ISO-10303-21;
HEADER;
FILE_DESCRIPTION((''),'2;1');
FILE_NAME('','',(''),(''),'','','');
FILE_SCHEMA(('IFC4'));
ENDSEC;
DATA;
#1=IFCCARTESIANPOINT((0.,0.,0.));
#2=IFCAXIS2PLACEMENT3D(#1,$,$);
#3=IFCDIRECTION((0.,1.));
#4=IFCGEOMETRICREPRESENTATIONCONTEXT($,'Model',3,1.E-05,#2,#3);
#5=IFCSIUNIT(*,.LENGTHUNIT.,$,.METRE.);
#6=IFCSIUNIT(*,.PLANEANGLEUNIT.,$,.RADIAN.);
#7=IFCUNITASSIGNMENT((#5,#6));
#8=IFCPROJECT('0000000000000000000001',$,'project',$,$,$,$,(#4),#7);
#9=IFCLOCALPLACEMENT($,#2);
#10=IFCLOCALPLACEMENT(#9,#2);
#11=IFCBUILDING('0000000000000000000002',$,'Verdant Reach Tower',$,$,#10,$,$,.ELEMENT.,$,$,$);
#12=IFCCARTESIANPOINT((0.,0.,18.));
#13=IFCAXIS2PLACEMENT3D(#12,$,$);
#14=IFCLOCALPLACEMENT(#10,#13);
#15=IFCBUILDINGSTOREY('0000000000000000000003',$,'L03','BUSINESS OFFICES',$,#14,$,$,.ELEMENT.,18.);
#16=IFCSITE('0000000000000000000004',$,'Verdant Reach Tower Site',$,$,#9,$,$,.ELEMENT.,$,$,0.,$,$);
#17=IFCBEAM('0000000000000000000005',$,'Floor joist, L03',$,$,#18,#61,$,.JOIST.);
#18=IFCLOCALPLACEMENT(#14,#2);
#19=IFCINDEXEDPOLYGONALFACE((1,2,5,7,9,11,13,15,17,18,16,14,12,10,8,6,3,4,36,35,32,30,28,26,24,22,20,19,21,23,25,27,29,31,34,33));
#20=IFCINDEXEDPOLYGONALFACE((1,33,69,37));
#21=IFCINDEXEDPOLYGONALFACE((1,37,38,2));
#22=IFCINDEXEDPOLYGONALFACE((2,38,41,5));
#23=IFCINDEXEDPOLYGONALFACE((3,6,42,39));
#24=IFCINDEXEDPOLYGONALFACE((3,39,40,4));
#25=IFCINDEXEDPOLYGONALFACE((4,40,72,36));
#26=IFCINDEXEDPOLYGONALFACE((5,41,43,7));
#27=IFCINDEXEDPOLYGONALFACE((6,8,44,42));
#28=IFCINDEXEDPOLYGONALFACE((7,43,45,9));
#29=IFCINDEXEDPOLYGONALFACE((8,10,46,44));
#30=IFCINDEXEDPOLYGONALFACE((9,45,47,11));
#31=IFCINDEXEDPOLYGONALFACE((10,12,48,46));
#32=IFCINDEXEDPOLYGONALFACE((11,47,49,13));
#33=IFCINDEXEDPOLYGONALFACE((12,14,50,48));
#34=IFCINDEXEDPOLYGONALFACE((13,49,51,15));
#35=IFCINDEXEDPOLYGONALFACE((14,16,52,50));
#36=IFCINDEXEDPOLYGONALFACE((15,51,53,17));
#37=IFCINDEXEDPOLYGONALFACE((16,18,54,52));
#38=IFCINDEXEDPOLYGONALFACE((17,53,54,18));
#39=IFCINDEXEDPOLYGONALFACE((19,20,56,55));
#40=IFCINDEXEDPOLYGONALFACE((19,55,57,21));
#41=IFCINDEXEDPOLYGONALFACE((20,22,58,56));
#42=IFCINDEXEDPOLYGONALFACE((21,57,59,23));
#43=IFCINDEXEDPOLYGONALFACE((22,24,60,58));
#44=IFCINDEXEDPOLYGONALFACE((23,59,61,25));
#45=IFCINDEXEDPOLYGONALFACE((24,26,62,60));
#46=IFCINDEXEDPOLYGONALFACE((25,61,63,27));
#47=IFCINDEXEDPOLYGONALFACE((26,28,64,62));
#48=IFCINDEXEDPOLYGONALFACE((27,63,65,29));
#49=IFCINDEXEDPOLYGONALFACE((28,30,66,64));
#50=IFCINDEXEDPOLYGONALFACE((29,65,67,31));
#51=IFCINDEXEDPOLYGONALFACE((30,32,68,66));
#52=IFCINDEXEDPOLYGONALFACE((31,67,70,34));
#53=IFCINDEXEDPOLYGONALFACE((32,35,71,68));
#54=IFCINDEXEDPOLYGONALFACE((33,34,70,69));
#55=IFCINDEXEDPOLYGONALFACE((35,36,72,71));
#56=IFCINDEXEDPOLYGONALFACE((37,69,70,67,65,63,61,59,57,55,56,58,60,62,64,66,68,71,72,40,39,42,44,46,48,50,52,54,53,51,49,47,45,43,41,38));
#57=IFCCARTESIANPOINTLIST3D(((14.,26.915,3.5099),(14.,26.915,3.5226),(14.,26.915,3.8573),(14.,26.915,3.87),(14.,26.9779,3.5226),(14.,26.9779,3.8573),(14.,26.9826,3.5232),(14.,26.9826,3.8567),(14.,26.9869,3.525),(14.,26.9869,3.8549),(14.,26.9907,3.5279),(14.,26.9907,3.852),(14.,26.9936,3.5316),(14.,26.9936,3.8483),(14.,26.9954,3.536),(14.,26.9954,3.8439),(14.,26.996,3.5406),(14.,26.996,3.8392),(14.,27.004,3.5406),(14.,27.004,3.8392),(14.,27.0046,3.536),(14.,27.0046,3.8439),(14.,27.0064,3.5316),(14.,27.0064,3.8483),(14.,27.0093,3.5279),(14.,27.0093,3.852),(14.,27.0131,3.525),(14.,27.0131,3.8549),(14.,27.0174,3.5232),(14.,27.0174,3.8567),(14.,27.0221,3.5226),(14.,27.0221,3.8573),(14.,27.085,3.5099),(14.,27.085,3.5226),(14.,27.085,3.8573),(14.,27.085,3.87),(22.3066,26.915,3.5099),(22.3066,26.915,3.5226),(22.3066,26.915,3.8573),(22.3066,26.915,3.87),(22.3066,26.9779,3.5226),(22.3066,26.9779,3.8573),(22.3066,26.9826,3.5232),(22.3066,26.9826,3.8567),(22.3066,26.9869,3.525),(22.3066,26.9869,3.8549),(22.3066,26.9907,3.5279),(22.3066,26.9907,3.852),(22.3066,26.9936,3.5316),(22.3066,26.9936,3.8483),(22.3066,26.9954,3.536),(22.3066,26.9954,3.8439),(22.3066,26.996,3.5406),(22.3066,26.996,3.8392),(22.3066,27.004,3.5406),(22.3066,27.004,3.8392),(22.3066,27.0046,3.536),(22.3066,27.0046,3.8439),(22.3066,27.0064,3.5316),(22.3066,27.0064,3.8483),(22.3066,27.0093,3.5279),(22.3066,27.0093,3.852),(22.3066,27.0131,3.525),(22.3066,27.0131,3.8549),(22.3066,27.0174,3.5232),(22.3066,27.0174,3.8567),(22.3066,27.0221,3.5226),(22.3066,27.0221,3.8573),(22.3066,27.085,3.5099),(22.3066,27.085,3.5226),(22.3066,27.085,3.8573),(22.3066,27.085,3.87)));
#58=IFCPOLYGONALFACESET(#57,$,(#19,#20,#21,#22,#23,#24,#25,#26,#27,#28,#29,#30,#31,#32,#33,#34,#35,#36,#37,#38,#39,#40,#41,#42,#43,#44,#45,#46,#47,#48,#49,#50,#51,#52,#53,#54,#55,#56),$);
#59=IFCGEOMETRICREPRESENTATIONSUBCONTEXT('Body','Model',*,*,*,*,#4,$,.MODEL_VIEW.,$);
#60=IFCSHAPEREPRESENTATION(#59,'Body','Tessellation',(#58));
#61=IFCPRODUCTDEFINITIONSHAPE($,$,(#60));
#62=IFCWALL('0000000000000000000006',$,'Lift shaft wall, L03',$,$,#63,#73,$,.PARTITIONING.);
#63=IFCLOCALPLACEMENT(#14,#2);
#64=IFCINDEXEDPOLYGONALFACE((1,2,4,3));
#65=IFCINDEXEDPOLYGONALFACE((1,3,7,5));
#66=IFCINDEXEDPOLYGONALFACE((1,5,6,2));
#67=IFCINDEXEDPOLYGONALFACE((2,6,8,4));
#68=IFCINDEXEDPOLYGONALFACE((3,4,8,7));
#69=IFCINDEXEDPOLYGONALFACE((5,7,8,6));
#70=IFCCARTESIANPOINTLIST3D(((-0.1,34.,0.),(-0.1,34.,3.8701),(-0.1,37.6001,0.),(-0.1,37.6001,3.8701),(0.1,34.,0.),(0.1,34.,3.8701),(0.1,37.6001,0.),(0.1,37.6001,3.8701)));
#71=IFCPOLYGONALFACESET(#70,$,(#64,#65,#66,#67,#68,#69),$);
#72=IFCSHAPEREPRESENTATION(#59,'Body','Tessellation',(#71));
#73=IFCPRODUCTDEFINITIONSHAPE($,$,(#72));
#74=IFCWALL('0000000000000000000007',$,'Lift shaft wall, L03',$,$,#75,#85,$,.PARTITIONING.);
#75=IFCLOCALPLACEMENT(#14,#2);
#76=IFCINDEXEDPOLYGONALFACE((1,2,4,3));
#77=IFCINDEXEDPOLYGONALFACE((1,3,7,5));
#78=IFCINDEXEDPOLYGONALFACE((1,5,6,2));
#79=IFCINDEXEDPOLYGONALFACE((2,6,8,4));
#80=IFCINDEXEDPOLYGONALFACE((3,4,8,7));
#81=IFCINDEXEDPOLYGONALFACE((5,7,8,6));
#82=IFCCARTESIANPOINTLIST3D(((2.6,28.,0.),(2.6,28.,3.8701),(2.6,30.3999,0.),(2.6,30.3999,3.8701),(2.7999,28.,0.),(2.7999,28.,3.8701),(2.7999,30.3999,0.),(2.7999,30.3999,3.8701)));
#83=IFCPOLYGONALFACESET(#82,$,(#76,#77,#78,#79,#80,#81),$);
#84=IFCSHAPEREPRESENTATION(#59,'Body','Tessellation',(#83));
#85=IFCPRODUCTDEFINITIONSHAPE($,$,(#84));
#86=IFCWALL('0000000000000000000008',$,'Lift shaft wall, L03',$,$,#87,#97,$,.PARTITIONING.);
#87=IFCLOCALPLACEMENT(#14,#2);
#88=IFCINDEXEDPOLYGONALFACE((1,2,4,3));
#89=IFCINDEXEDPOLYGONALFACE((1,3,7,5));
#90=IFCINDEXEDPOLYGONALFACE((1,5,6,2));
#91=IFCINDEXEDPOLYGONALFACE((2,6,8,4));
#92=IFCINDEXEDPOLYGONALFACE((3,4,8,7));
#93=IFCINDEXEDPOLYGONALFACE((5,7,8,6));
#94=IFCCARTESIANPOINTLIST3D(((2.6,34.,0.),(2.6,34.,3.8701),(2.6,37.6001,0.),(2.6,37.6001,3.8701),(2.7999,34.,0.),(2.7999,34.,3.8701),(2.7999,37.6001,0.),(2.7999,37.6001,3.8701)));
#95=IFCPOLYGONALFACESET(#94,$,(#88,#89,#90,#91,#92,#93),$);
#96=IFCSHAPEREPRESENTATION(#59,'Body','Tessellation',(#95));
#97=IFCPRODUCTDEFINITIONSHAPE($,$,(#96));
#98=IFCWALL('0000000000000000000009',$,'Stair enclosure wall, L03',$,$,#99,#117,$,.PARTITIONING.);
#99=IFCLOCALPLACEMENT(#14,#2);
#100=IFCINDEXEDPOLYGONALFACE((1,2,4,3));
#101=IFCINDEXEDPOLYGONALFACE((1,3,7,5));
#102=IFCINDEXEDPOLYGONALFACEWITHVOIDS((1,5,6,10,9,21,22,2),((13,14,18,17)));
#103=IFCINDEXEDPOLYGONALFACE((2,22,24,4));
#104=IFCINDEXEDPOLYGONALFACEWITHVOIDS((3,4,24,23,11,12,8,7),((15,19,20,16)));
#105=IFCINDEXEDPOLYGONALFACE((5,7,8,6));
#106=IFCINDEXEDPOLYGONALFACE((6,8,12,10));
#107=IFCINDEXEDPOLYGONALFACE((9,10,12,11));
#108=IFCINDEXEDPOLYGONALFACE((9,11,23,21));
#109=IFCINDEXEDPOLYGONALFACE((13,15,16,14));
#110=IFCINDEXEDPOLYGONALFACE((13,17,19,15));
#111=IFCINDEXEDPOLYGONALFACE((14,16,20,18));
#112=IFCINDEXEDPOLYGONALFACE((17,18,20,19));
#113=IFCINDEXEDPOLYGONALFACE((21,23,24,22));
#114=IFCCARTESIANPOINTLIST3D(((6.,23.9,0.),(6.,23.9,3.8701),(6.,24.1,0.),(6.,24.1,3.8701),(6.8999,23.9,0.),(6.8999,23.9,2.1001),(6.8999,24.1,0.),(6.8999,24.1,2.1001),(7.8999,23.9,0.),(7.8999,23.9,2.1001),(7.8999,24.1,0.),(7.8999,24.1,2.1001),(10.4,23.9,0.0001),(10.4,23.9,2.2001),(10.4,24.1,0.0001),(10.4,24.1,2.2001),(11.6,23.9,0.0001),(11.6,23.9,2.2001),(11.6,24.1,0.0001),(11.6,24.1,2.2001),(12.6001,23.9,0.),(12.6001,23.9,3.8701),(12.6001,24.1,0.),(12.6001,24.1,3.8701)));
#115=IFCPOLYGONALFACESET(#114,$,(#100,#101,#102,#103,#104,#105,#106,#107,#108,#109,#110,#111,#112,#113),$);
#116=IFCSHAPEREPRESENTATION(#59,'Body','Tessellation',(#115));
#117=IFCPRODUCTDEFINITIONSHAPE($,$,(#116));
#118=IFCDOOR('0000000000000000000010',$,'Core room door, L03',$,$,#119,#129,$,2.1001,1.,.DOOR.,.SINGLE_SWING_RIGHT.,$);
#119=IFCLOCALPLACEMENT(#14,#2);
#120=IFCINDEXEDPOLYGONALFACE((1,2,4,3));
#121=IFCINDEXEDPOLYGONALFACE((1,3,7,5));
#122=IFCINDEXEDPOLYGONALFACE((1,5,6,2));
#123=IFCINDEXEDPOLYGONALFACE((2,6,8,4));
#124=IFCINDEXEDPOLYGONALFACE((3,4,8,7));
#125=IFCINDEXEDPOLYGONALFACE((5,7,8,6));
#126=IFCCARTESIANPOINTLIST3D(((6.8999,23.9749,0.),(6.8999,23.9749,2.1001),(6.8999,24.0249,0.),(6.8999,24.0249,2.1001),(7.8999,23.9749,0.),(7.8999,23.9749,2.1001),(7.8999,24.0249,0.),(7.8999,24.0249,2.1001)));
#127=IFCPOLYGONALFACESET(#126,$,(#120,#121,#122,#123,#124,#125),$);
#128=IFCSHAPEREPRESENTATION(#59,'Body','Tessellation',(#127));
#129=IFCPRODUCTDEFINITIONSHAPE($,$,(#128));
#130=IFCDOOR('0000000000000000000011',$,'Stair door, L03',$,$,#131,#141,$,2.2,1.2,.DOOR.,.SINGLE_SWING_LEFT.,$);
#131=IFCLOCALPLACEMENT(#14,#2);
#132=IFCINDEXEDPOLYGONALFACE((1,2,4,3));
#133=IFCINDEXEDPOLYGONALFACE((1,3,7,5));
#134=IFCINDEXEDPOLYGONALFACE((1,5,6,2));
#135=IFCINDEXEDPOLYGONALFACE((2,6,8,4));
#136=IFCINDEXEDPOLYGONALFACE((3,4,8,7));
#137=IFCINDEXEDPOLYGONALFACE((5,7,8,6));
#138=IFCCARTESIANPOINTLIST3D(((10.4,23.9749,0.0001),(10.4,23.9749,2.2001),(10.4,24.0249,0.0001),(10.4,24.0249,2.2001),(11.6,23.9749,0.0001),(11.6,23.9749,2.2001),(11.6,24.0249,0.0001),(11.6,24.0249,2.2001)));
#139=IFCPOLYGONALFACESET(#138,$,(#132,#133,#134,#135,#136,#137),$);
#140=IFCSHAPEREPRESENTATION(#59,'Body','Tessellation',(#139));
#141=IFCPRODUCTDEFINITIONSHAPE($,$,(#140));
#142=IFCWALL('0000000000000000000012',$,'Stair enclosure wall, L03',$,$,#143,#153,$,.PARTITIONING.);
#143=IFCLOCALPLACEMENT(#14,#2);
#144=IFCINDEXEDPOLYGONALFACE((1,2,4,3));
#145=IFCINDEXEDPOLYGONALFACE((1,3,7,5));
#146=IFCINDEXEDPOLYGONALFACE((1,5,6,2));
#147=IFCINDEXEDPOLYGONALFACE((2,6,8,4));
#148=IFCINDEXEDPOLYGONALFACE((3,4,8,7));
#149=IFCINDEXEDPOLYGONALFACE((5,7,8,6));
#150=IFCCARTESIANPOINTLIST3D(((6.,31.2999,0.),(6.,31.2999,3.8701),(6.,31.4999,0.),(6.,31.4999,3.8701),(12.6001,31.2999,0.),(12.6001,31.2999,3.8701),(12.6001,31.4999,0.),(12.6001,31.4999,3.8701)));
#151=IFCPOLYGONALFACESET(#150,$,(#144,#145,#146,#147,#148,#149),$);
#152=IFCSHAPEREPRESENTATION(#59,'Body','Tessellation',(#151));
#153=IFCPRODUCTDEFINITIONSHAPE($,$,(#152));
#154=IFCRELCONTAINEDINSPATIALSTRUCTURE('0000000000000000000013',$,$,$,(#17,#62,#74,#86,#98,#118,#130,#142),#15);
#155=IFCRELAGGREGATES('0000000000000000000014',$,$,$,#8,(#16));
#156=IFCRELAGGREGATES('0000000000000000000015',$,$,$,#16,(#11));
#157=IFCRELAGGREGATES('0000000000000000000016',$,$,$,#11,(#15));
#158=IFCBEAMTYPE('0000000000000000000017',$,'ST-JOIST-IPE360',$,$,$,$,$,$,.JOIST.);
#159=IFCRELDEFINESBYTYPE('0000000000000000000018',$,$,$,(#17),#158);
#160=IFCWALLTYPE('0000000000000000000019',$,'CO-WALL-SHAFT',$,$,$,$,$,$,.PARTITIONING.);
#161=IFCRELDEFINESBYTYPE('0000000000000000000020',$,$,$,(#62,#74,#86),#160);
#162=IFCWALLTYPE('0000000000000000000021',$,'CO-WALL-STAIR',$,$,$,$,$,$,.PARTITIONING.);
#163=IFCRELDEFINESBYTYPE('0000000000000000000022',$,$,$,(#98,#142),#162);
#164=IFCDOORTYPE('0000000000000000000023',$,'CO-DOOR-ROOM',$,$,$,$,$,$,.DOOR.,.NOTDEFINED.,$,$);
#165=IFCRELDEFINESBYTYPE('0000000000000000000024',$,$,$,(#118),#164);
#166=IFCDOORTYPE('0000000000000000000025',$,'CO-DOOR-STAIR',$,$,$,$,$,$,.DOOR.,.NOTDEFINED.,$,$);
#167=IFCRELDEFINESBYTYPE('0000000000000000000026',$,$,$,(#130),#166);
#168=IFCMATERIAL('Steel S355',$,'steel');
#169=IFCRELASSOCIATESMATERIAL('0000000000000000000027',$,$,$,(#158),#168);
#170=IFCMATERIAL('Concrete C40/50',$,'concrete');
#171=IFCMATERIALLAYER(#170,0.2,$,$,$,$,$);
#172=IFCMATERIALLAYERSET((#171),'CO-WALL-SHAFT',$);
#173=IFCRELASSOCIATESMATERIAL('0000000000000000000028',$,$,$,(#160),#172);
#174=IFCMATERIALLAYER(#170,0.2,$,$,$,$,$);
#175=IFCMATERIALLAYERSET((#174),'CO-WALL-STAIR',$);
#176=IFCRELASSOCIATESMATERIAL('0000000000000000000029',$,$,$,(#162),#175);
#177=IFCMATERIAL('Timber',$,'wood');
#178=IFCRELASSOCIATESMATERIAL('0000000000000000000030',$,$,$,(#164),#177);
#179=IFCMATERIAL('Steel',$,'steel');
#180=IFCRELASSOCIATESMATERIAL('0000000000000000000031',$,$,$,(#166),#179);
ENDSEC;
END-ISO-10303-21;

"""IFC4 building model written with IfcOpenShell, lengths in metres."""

from ifc_helpers import new_model, si_unit, direction, frame, frame_2d, origin, origin_2d, place, context, subcontext, project, spatial, rectangle, i_section, extrude, material, layer, layer_set, material_profile, profile_set, type_object, element, fill, save


model = new_model("IFC4")

# Units and contexts
model_context = context("Model", 3, precision=1e-05, world=origin(), true_north=direction((0.0, 1.0)))
body_context = subcontext(model_context, "Body", "Model", "MODEL_VIEW")
ifc_project = project(units=[si_unit("LENGTHUNIT", "METRE"), si_unit("PLANEANGLEUNIT", "RADIAN")], contexts=[model_context])

# Site, building, storey
site_placement = place(None, origin())
site = spatial("IfcSite", under=ifc_project, at=site_placement, Name="Verdant Reach Tower Site", CompositionType="ELEMENT", RefElevation=0.0)
building_placement = place(site_placement, origin())
building = spatial("IfcBuilding", under=site, at=building_placement, Name="Verdant Reach Tower", CompositionType="ELEMENT")
storey_placement = place(building_placement, frame((0.0, 0.0, 18.0)))
storey = spatial("IfcBuildingStorey", under=building, at=storey_placement, Name="L03", Description="BUSINESS OFFICES", CompositionType="ELEMENT", Elevation=18.0)

# Beam
ifc_material_1 = material(Name="Steel S355", Category="steel")
ifc_material_profile = material_profile(ifc_material_1, i_section(OverallWidth=0.1699, OverallDepth=0.3601, WebThickness=0.0081, FlangeThickness=0.0127, FilletRadius=0.0181, at=origin_2d()), Name="IPE 360")
ifc_profile_set = profile_set([ifc_material_profile], Name="Steel S355")
beam_type = type_object("IfcBeamType", Name="ST-JOIST-IPE360", PredefinedType="JOIST", material=ifc_profile_set)
beam_placement = place(storey_placement, frame((14.0, 27.0, 3.6899), z_axis=(1.0, 0.0, 0.0), x_axis=(0.0, 1.0, 0.0)))
element("IfcBeam", 1, at=beam_placement, inside=storey, type_object=beam_type, Name="Floor joist, L03", PredefinedType="JOIST", context=body_context, shape_type="SweptSolid", body=[
    extrude(i_section(OverallWidth=0.1699, OverallDepth=0.3601, WebThickness=0.0081, FlangeThickness=0.0127, FilletRadius=0.0181, at=origin_2d()), origin(), (0.0, 0.0, 1.0), 8.3066),
])

# Walls
ifc_material_2 = material(Name="Concrete C40/50", Category="concrete")
ifc_layer_1 = layer(ifc_material_2, 0.2)
ifc_layer_set_1 = layer_set([ifc_layer_1], Name="CO-WALL-SHAFT")
wall_type_1 = type_object("IfcWallType", Name="CO-WALL-SHAFT", PredefinedType="PARTITIONING", material=ifc_layer_set_1)
wall_1_placement = place(storey_placement, frame((0.0, 34.0, 0.0), z_axis=(0.0, 0.0, 1.0), x_axis=(0.0, 1.0, 0.0)))
element("IfcWall", 2, at=wall_1_placement, inside=storey, type_object=wall_type_1, Name="Lift shaft wall, L03", PredefinedType="PARTITIONING", context=body_context, shape_type="SweptSolid", body=[
    extrude(rectangle(XDim=3.6001, YDim=0.2, at=frame_2d((1.8, 0.0))), origin(), (0.0, 0.0, 1.0), 3.8701),
])
wall_2_placement = place(storey_placement, frame((2.7, 28.0, 0.0), z_axis=(0.0, 0.0, 1.0), x_axis=(0.0, 1.0, 0.0)))
element("IfcWall", 3, at=wall_2_placement, inside=storey, type_object=wall_type_1, Name="Lift shaft wall, L03", PredefinedType="PARTITIONING", context=body_context, shape_type="SweptSolid", body=[
    extrude(rectangle(XDim=2.3999, YDim=0.2, at=frame_2d((1.2, 0.0))), origin(), (0.0, 0.0, 1.0), 3.8701),
])
wall_3_placement = place(storey_placement, frame((2.7, 34.0, 0.0), z_axis=(0.0, 0.0, 1.0), x_axis=(0.0, 1.0, 0.0)))
element("IfcWall", 4, at=wall_3_placement, inside=storey, type_object=wall_type_1, Name="Lift shaft wall, L03", PredefinedType="PARTITIONING", context=body_context, shape_type="SweptSolid", body=[
    extrude(rectangle(XDim=3.6001, YDim=0.2, at=frame_2d((1.8, 0.0))), origin(), (0.0, 0.0, 1.0), 3.8701),
])

# Wall, openings, doors
ifc_layer_2 = layer(ifc_material_2, 0.2)
ifc_layer_set_2 = layer_set([ifc_layer_2], Name="CO-WALL-STAIR")
wall_type_2 = type_object("IfcWallType", Name="CO-WALL-STAIR", PredefinedType="PARTITIONING", material=ifc_layer_set_2)
wall_4_placement = place(storey_placement, frame((6.0, 24.0, 0.0), z_axis=(0.0, 0.0, 1.0), x_axis=(1.0, 0.0, 0.0)))
wall_4 = element("IfcWall", 5, at=wall_4_placement, inside=storey, type_object=wall_type_2, Name="Stair enclosure wall, L03", PredefinedType="PARTITIONING", context=body_context, shape_type="SweptSolid", body=[
    extrude(rectangle(XDim=6.6001, YDim=0.2, at=frame_2d((3.3, 0.0))), origin(), (0.0, 0.0, 1.0), 3.8701),
])
opening_1_placement = place(wall_4_placement, frame((0.8999, 0.0, 0.0)))
opening_1 = element("IfcOpeningElement", 6, at=opening_1_placement, cuts=wall_4, PredefinedType="OPENING", context=body_context, shape_type="SweptSolid", body=[
    extrude(rectangle(XDim=1.0, YDim=2.1001, at=frame_2d((0.5, 1.05))), frame((0.0, 0.1099, 0.0), z_axis=(0.0, -1.0, 0.0), x_axis=(1.0, 0.0, 0.0)), (0.0, 0.0, 1.0), 0.22),
])
opening_2_placement = place(wall_4_placement, frame((4.3999, 0.0, 0.0)))
opening_2 = element("IfcOpeningElement", 7, at=opening_2_placement, cuts=wall_4, PredefinedType="OPENING", context=body_context, shape_type="SweptSolid", body=[
    extrude(rectangle(XDim=1.2, YDim=2.2, at=frame_2d((0.6001, 1.1001))), frame((0.0, 0.1099, 0.0), z_axis=(0.0, -1.0, 0.0), x_axis=(1.0, 0.0, 0.0)), (0.0, 0.0, 1.0), 0.22),
])
ifc_material_3 = material(Name="Timber", Category="wood")
door_type_1 = type_object("IfcDoorType", Name="CO-DOOR-ROOM", OperationType="NOTDEFINED", PredefinedType="DOOR", material=ifc_material_3)
door_1_placement = place(opening_1_placement, origin())
door_1 = element("IfcDoor", 8, at=door_1_placement, inside=storey, type_object=door_type_1, Name="Core room door, L03", OperationType="SINGLE_SWING_RIGHT", OverallHeight=2.1001, OverallWidth=1.0, PredefinedType="DOOR", context=body_context, shape_type="SweptSolid", body=[
    extrude(rectangle(XDim=1.0, YDim=2.1001, at=frame_2d((0.5, 1.05))), frame((0.0, 0.0249, 0.0), z_axis=(0.0, -1.0, 0.0), x_axis=(1.0, 0.0, 0.0)), (0.0, 0.0, 1.0), 0.05),
])
fill(opening_1, door_1)
ifc_material_4 = material(Name="Steel", Category="steel")
door_type_2 = type_object("IfcDoorType", Name="CO-DOOR-STAIR", OperationType="NOTDEFINED", PredefinedType="DOOR", material=ifc_material_4)
door_2_placement = place(opening_2_placement, origin())
door_2 = element("IfcDoor", 9, at=door_2_placement, inside=storey, type_object=door_type_2, Name="Stair door, L03", OperationType="SINGLE_SWING_LEFT", OverallHeight=2.2, OverallWidth=1.2, PredefinedType="DOOR", context=body_context, shape_type="SweptSolid", body=[
    extrude(rectangle(XDim=1.2, YDim=2.2, at=frame_2d((0.6001, 1.1001))), frame((0.0, 0.0249, 0.0), z_axis=(0.0, -1.0, 0.0), x_axis=(1.0, 0.0, 0.0)), (0.0, 0.0, 1.0), 0.05),
])
fill(opening_2, door_2)

# Wall
wall_5_placement = place(storey_placement, frame((6.0, 31.3999, 0.0), z_axis=(0.0, 0.0, 1.0), x_axis=(1.0, 0.0, 0.0)))
element("IfcWall", 10, at=wall_5_placement, inside=storey, type_object=wall_type_2, Name="Stair enclosure wall, L03", PredefinedType="PARTITIONING", context=body_context, shape_type="SweptSolid", body=[
    extrude(rectangle(XDim=6.6001, YDim=0.2, at=frame_2d((3.3, 0.0))), origin(), (0.0, 0.0, 1.0), 3.8701),
])

save(model, "model.ifc")
